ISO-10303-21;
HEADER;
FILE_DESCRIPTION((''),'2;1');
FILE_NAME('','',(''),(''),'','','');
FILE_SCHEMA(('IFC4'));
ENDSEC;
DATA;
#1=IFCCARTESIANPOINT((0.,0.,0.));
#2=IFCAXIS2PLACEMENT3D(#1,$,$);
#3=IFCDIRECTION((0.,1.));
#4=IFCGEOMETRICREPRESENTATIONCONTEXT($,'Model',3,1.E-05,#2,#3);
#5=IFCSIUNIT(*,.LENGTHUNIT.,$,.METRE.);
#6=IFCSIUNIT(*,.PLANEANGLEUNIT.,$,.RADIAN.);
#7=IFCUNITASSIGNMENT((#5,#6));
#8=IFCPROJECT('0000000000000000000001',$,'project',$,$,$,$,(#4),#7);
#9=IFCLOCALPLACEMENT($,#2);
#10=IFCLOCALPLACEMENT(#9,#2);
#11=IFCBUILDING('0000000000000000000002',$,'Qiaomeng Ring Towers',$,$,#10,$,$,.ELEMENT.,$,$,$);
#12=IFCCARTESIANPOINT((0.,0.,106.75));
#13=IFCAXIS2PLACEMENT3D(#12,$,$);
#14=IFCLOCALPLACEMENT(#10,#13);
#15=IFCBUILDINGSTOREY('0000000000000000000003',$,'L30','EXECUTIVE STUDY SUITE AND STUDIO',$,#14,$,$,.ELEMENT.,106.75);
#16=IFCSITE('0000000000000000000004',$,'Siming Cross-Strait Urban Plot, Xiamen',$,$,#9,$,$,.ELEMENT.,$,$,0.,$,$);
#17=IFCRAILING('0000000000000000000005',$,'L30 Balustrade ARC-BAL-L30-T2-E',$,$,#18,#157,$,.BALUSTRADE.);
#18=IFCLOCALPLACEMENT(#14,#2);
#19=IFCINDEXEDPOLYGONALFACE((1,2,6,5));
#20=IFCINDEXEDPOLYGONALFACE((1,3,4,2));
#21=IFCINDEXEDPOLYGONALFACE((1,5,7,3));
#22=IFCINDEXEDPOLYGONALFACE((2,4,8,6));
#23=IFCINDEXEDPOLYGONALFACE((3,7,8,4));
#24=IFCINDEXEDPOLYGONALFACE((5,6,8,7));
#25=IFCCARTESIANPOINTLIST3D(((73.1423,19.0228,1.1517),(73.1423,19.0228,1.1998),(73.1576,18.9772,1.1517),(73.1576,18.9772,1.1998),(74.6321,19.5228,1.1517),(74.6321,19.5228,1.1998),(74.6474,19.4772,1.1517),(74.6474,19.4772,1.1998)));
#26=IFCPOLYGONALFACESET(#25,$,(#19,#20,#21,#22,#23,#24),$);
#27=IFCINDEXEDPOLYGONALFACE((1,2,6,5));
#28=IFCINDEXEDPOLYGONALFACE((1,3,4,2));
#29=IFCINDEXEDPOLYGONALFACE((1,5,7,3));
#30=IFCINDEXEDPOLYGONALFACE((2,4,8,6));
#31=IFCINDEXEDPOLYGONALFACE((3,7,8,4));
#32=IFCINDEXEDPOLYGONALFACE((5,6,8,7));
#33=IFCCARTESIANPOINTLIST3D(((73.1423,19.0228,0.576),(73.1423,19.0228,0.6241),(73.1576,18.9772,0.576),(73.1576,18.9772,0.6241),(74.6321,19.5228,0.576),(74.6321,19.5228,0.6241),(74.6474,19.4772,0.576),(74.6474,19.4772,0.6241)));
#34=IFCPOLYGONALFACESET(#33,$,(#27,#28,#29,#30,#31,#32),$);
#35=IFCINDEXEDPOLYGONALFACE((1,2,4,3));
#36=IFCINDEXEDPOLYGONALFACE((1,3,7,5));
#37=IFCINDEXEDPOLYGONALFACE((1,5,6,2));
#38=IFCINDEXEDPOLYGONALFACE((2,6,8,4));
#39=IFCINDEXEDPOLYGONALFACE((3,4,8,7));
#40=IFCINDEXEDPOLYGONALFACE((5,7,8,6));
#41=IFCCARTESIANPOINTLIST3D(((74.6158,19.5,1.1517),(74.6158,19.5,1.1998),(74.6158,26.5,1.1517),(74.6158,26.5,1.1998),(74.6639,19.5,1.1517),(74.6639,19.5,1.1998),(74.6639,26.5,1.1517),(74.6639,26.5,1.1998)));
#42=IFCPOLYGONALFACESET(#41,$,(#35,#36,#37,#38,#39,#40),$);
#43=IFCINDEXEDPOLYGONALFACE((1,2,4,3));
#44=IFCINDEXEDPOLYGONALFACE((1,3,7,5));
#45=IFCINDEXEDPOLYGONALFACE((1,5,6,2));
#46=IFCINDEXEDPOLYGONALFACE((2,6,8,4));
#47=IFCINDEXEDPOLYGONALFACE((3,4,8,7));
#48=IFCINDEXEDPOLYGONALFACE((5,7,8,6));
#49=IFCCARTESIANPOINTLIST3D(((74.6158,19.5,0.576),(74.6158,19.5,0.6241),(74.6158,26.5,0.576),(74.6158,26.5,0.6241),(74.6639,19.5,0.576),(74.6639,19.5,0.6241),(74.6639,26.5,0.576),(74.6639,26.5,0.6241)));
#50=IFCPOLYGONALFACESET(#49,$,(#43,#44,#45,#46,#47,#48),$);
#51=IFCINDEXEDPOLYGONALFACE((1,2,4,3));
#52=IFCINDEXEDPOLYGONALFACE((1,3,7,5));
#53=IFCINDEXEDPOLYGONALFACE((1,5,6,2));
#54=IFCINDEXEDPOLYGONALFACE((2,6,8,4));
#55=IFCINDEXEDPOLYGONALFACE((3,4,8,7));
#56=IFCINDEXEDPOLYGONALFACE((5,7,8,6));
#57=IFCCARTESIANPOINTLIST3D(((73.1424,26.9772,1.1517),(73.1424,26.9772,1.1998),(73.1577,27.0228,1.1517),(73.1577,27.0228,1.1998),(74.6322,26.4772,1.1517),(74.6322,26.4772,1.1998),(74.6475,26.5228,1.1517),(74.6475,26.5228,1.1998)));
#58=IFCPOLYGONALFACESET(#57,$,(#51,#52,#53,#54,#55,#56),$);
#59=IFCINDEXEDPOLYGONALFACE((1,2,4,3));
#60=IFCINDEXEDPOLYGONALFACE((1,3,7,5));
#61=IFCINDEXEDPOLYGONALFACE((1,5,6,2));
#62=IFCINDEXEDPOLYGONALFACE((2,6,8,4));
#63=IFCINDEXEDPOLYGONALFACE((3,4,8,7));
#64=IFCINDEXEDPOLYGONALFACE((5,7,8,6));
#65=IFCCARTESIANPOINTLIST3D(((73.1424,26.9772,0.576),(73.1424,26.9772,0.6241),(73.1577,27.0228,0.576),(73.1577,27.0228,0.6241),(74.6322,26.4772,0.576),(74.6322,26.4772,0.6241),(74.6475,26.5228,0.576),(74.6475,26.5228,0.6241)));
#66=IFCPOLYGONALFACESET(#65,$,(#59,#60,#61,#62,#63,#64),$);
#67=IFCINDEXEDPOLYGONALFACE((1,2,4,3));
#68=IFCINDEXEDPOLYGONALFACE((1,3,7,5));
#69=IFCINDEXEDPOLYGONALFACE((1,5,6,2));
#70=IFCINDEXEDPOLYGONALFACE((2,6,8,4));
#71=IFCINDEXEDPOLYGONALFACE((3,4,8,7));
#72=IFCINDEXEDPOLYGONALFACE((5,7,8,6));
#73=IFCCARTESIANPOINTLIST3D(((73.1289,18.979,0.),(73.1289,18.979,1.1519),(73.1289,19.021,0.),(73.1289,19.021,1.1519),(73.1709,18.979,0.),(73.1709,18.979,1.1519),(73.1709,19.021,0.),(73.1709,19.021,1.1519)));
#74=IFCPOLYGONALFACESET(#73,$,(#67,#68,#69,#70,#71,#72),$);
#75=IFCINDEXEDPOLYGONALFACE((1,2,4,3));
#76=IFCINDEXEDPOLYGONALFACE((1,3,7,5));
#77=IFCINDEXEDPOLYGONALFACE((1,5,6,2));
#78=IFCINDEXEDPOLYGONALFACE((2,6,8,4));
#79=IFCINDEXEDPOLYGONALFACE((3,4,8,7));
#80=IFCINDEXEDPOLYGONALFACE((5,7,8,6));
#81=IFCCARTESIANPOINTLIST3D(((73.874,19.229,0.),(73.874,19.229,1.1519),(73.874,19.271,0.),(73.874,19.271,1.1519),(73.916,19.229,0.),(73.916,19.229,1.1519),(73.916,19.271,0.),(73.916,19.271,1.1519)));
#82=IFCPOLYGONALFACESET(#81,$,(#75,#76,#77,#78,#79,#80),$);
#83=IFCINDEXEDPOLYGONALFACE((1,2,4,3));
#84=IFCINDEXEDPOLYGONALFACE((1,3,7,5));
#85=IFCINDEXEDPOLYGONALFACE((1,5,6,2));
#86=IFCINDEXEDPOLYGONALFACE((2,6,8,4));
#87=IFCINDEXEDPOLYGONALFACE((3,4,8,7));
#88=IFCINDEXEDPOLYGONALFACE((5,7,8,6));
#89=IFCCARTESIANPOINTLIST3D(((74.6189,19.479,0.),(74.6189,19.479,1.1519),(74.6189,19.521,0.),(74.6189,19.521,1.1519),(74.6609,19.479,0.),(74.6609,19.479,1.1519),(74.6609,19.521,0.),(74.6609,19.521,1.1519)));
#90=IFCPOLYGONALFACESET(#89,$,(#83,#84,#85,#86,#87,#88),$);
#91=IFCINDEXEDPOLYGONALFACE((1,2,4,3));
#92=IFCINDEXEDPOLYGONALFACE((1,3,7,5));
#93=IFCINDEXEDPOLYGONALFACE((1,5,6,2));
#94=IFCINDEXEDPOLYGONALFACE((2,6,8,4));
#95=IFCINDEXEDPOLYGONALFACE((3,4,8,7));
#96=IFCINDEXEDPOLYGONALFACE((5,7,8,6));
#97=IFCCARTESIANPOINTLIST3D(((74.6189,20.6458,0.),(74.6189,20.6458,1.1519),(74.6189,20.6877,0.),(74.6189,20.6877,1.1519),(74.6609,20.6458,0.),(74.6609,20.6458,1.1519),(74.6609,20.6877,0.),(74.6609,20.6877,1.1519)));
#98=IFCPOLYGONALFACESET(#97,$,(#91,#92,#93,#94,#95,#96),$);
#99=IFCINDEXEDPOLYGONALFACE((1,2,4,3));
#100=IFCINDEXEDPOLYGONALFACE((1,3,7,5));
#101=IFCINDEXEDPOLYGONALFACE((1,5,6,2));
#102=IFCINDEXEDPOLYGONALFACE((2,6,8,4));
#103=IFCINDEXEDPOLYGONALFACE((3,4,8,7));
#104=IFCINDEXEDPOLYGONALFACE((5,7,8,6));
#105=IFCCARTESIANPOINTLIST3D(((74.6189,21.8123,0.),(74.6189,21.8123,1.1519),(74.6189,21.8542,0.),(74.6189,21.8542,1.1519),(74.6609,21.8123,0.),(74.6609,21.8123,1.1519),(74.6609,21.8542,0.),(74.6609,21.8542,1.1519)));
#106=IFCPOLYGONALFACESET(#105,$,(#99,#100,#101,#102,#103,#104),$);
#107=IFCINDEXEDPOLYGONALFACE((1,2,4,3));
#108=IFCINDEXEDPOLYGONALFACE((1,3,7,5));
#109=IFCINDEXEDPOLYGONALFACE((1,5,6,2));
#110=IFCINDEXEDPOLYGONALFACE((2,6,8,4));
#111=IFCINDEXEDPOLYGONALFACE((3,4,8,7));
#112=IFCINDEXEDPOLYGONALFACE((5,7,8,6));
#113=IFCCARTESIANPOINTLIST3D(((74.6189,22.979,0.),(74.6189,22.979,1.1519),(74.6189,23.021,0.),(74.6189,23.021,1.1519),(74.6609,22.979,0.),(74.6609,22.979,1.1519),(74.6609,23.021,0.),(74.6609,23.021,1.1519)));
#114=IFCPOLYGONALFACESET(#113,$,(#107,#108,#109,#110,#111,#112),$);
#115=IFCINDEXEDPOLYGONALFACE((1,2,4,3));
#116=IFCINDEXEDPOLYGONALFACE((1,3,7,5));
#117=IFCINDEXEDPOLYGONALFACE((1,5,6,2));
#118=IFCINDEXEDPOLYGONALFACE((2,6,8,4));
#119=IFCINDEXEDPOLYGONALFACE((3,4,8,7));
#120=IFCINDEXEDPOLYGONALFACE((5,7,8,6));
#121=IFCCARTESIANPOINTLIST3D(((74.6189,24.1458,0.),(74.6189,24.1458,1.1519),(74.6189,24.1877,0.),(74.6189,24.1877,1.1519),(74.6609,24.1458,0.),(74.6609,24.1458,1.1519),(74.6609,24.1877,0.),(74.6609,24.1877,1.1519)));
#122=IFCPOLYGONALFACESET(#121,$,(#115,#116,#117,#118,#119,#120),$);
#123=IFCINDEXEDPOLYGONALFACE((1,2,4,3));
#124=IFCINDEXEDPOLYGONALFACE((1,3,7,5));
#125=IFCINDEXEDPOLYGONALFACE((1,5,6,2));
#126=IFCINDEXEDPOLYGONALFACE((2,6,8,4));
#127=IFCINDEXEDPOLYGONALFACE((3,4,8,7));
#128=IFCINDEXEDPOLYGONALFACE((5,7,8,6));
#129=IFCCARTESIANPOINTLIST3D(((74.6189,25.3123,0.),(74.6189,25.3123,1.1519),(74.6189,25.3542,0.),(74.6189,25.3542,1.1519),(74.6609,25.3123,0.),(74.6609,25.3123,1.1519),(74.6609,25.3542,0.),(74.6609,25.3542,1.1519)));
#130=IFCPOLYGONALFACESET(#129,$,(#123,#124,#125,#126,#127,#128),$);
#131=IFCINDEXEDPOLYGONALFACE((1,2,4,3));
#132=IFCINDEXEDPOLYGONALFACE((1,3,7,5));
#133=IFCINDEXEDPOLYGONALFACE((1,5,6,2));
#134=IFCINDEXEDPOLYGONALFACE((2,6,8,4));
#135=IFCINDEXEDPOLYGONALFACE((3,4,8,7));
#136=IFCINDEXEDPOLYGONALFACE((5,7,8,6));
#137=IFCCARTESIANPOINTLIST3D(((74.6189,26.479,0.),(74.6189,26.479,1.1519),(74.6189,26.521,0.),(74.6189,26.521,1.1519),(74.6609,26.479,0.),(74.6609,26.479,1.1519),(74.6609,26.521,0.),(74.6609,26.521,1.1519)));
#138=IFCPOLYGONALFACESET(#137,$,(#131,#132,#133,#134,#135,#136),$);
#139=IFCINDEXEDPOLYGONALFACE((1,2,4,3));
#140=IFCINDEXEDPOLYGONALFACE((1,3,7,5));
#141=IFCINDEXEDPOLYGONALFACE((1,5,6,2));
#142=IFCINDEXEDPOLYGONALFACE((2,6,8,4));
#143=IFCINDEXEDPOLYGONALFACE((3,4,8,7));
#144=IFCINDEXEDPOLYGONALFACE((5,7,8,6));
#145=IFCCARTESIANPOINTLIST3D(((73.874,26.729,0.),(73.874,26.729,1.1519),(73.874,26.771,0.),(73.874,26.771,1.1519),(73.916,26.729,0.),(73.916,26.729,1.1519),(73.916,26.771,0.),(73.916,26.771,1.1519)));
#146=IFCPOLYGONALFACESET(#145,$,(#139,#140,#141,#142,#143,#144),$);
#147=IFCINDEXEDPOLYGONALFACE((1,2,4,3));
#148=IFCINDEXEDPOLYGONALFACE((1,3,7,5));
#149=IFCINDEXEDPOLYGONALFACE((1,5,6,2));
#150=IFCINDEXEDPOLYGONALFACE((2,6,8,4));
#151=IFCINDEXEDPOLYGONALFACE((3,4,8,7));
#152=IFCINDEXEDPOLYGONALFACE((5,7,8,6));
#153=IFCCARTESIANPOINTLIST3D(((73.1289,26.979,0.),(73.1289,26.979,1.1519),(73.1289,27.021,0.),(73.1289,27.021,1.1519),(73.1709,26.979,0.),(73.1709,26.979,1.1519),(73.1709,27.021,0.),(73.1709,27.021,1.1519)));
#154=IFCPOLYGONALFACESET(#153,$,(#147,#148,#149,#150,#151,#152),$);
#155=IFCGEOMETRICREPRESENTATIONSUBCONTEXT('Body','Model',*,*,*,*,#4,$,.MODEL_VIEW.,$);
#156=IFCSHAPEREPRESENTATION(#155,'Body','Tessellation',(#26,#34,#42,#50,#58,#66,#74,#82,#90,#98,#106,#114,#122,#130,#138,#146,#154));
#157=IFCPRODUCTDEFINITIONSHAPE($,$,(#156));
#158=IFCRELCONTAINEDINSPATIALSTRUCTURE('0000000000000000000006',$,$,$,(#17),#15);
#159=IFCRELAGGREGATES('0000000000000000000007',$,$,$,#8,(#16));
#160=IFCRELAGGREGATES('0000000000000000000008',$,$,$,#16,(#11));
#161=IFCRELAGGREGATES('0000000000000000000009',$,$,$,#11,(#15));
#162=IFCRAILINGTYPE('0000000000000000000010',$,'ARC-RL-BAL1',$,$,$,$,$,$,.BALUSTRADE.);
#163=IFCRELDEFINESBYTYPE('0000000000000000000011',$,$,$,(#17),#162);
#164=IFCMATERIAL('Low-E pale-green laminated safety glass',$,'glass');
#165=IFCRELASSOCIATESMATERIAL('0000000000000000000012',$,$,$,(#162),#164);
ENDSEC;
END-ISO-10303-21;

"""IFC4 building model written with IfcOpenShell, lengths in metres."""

from ifc_helpers import new_model, si_unit, direction, frame, origin, origin_2d, place, context, subcontext, project, spatial, rectangle, extrude, material, type_object, element, save


model = new_model("IFC4")

# Units and contexts
model_context = context("Model", 3, precision=1e-05, world=origin(), true_north=direction((0.0, 1.0)))
body_context = subcontext(model_context, "Body", "Model", "MODEL_VIEW")
ifc_project = project(units=[si_unit("LENGTHUNIT", "METRE"), si_unit("PLANEANGLEUNIT", "RADIAN")], contexts=[model_context])

# Site, building, storey
site_placement = place(None, origin())
site = spatial("IfcSite", under=ifc_project, at=site_placement, Name="Siming Cross-Strait Urban Plot, Xiamen", CompositionType="ELEMENT", RefElevation=0.0)
building_placement = place(site_placement, origin())
building = spatial("IfcBuilding", under=site, at=building_placement, Name="Qiaomeng Ring Towers", CompositionType="ELEMENT")
storey_placement = place(building_placement, frame((0.0, 0.0, 106.75)))
storey = spatial("IfcBuildingStorey", under=building, at=storey_placement, Name="L30", Description="EXECUTIVE STUDY SUITE AND STUDIO", CompositionType="ELEMENT", Elevation=106.75)

# Railing
ifc_material_1 = material(Name="Low-E pale-green laminated safety glass", Category="glass")
railing_type = type_object("IfcRailingType", Name="ARC-RL-BAL1", PredefinedType="BALUSTRADE", material=ifc_material_1)
railing_1_placement = place(storey_placement, frame((73.1499, 19.0, 0.0)))
element("IfcRailing", 1, at=railing_1_placement, inside=storey, type_object=railing_type, Name="L30 Balustrade ARC-BAL-L30-T2-E", PredefinedType="BALUSTRADE", context=body_context, shape_type="SweptSolid", body=[
    extrude(rectangle(XDim=0.0481, YDim=0.0481, at=origin_2d()), frame((0.0, 0.0, 1.1758), z_axis=(0.948044, 0.318138, 0.0), x_axis=(-0.318138, 0.948044, 0.0)), (0.0, 0.0, 1.0), 1.5715),
    extrude(rectangle(XDim=0.0481, YDim=0.0481, at=origin_2d()), frame((0.0, 0.0, 0.6001), z_axis=(0.948044, 0.318138, 0.0), x_axis=(-0.318138, 0.948044, 0.0)), (0.0, 0.0, 1.0), 1.5715),
    extrude(rectangle(XDim=0.0481, YDim=0.0481, at=origin_2d()), frame((1.49, 0.5, 1.1758), z_axis=(0.0, 1.0, 0.0), x_axis=(-1.0, 0.0, 0.0)), (0.0, 0.0, 1.0), 7.0),
    extrude(rectangle(XDim=0.0481, YDim=0.0481, at=origin_2d()), frame((1.49, 0.5, 0.6001), z_axis=(0.0, 1.0, 0.0), x_axis=(-1.0, 0.0, 0.0)), (0.0, 0.0, 1.0), 7.0),
    extrude(rectangle(XDim=0.0481, YDim=0.0481, at=origin_2d()), frame((1.49, 7.5, 1.1758), z_axis=(-0.948044, 0.318138, 0.0), x_axis=(-0.318138, -0.948044, 0.0)), (0.0, 0.0, 1.0), 1.5715),
    extrude(rectangle(XDim=0.0481, YDim=0.0481, at=origin_2d()), frame((1.49, 7.5, 0.6001), z_axis=(-0.948044, 0.318138, 0.0), x_axis=(-0.318138, -0.948044, 0.0)), (0.0, 0.0, 1.0), 1.5715),
    extrude(rectangle(XDim=0.042, YDim=0.042, at=origin_2d()), origin(), (0.0, 0.0, 1.0), 1.1519),
    extrude(rectangle(XDim=0.042, YDim=0.042, at=origin_2d()), frame((0.7451, 0.25, 0.0)), (0.0, 0.0, 1.0), 1.1519),
    extrude(rectangle(XDim=0.042, YDim=0.042, at=origin_2d()), frame((1.49, 0.5, 0.0)), (0.0, 0.0, 1.0), 1.1519),
    extrude(rectangle(XDim=0.042, YDim=0.042, at=origin_2d()), frame((1.49, 1.6667, 0.0)), (0.0, 0.0, 1.0), 1.1519),
    extrude(rectangle(XDim=0.042, YDim=0.042, at=origin_2d()), frame((1.49, 2.8333, 0.0)), (0.0, 0.0, 1.0), 1.1519),
    extrude(rectangle(XDim=0.042, YDim=0.042, at=origin_2d()), frame((1.49, 4.0, 0.0)), (0.0, 0.0, 1.0), 1.1519),
    extrude(rectangle(XDim=0.042, YDim=0.042, at=origin_2d()), frame((1.49, 5.1667, 0.0)), (0.0, 0.0, 1.0), 1.1519),
    extrude(rectangle(XDim=0.042, YDim=0.042, at=origin_2d()), frame((1.49, 6.3333, 0.0)), (0.0, 0.0, 1.0), 1.1519),
    extrude(rectangle(XDim=0.042, YDim=0.042, at=origin_2d()), frame((1.49, 7.5, 0.0)), (0.0, 0.0, 1.0), 1.1519),
    extrude(rectangle(XDim=0.042, YDim=0.042, at=origin_2d()), frame((0.7451, 7.75, 0.0)), (0.0, 0.0, 1.0), 1.1519),
    extrude(rectangle(XDim=0.042, YDim=0.042, at=origin_2d()), frame((0.0, 8.0, 0.0)), (0.0, 0.0, 1.0), 1.1519),
])

save(model, "model.ifc")
